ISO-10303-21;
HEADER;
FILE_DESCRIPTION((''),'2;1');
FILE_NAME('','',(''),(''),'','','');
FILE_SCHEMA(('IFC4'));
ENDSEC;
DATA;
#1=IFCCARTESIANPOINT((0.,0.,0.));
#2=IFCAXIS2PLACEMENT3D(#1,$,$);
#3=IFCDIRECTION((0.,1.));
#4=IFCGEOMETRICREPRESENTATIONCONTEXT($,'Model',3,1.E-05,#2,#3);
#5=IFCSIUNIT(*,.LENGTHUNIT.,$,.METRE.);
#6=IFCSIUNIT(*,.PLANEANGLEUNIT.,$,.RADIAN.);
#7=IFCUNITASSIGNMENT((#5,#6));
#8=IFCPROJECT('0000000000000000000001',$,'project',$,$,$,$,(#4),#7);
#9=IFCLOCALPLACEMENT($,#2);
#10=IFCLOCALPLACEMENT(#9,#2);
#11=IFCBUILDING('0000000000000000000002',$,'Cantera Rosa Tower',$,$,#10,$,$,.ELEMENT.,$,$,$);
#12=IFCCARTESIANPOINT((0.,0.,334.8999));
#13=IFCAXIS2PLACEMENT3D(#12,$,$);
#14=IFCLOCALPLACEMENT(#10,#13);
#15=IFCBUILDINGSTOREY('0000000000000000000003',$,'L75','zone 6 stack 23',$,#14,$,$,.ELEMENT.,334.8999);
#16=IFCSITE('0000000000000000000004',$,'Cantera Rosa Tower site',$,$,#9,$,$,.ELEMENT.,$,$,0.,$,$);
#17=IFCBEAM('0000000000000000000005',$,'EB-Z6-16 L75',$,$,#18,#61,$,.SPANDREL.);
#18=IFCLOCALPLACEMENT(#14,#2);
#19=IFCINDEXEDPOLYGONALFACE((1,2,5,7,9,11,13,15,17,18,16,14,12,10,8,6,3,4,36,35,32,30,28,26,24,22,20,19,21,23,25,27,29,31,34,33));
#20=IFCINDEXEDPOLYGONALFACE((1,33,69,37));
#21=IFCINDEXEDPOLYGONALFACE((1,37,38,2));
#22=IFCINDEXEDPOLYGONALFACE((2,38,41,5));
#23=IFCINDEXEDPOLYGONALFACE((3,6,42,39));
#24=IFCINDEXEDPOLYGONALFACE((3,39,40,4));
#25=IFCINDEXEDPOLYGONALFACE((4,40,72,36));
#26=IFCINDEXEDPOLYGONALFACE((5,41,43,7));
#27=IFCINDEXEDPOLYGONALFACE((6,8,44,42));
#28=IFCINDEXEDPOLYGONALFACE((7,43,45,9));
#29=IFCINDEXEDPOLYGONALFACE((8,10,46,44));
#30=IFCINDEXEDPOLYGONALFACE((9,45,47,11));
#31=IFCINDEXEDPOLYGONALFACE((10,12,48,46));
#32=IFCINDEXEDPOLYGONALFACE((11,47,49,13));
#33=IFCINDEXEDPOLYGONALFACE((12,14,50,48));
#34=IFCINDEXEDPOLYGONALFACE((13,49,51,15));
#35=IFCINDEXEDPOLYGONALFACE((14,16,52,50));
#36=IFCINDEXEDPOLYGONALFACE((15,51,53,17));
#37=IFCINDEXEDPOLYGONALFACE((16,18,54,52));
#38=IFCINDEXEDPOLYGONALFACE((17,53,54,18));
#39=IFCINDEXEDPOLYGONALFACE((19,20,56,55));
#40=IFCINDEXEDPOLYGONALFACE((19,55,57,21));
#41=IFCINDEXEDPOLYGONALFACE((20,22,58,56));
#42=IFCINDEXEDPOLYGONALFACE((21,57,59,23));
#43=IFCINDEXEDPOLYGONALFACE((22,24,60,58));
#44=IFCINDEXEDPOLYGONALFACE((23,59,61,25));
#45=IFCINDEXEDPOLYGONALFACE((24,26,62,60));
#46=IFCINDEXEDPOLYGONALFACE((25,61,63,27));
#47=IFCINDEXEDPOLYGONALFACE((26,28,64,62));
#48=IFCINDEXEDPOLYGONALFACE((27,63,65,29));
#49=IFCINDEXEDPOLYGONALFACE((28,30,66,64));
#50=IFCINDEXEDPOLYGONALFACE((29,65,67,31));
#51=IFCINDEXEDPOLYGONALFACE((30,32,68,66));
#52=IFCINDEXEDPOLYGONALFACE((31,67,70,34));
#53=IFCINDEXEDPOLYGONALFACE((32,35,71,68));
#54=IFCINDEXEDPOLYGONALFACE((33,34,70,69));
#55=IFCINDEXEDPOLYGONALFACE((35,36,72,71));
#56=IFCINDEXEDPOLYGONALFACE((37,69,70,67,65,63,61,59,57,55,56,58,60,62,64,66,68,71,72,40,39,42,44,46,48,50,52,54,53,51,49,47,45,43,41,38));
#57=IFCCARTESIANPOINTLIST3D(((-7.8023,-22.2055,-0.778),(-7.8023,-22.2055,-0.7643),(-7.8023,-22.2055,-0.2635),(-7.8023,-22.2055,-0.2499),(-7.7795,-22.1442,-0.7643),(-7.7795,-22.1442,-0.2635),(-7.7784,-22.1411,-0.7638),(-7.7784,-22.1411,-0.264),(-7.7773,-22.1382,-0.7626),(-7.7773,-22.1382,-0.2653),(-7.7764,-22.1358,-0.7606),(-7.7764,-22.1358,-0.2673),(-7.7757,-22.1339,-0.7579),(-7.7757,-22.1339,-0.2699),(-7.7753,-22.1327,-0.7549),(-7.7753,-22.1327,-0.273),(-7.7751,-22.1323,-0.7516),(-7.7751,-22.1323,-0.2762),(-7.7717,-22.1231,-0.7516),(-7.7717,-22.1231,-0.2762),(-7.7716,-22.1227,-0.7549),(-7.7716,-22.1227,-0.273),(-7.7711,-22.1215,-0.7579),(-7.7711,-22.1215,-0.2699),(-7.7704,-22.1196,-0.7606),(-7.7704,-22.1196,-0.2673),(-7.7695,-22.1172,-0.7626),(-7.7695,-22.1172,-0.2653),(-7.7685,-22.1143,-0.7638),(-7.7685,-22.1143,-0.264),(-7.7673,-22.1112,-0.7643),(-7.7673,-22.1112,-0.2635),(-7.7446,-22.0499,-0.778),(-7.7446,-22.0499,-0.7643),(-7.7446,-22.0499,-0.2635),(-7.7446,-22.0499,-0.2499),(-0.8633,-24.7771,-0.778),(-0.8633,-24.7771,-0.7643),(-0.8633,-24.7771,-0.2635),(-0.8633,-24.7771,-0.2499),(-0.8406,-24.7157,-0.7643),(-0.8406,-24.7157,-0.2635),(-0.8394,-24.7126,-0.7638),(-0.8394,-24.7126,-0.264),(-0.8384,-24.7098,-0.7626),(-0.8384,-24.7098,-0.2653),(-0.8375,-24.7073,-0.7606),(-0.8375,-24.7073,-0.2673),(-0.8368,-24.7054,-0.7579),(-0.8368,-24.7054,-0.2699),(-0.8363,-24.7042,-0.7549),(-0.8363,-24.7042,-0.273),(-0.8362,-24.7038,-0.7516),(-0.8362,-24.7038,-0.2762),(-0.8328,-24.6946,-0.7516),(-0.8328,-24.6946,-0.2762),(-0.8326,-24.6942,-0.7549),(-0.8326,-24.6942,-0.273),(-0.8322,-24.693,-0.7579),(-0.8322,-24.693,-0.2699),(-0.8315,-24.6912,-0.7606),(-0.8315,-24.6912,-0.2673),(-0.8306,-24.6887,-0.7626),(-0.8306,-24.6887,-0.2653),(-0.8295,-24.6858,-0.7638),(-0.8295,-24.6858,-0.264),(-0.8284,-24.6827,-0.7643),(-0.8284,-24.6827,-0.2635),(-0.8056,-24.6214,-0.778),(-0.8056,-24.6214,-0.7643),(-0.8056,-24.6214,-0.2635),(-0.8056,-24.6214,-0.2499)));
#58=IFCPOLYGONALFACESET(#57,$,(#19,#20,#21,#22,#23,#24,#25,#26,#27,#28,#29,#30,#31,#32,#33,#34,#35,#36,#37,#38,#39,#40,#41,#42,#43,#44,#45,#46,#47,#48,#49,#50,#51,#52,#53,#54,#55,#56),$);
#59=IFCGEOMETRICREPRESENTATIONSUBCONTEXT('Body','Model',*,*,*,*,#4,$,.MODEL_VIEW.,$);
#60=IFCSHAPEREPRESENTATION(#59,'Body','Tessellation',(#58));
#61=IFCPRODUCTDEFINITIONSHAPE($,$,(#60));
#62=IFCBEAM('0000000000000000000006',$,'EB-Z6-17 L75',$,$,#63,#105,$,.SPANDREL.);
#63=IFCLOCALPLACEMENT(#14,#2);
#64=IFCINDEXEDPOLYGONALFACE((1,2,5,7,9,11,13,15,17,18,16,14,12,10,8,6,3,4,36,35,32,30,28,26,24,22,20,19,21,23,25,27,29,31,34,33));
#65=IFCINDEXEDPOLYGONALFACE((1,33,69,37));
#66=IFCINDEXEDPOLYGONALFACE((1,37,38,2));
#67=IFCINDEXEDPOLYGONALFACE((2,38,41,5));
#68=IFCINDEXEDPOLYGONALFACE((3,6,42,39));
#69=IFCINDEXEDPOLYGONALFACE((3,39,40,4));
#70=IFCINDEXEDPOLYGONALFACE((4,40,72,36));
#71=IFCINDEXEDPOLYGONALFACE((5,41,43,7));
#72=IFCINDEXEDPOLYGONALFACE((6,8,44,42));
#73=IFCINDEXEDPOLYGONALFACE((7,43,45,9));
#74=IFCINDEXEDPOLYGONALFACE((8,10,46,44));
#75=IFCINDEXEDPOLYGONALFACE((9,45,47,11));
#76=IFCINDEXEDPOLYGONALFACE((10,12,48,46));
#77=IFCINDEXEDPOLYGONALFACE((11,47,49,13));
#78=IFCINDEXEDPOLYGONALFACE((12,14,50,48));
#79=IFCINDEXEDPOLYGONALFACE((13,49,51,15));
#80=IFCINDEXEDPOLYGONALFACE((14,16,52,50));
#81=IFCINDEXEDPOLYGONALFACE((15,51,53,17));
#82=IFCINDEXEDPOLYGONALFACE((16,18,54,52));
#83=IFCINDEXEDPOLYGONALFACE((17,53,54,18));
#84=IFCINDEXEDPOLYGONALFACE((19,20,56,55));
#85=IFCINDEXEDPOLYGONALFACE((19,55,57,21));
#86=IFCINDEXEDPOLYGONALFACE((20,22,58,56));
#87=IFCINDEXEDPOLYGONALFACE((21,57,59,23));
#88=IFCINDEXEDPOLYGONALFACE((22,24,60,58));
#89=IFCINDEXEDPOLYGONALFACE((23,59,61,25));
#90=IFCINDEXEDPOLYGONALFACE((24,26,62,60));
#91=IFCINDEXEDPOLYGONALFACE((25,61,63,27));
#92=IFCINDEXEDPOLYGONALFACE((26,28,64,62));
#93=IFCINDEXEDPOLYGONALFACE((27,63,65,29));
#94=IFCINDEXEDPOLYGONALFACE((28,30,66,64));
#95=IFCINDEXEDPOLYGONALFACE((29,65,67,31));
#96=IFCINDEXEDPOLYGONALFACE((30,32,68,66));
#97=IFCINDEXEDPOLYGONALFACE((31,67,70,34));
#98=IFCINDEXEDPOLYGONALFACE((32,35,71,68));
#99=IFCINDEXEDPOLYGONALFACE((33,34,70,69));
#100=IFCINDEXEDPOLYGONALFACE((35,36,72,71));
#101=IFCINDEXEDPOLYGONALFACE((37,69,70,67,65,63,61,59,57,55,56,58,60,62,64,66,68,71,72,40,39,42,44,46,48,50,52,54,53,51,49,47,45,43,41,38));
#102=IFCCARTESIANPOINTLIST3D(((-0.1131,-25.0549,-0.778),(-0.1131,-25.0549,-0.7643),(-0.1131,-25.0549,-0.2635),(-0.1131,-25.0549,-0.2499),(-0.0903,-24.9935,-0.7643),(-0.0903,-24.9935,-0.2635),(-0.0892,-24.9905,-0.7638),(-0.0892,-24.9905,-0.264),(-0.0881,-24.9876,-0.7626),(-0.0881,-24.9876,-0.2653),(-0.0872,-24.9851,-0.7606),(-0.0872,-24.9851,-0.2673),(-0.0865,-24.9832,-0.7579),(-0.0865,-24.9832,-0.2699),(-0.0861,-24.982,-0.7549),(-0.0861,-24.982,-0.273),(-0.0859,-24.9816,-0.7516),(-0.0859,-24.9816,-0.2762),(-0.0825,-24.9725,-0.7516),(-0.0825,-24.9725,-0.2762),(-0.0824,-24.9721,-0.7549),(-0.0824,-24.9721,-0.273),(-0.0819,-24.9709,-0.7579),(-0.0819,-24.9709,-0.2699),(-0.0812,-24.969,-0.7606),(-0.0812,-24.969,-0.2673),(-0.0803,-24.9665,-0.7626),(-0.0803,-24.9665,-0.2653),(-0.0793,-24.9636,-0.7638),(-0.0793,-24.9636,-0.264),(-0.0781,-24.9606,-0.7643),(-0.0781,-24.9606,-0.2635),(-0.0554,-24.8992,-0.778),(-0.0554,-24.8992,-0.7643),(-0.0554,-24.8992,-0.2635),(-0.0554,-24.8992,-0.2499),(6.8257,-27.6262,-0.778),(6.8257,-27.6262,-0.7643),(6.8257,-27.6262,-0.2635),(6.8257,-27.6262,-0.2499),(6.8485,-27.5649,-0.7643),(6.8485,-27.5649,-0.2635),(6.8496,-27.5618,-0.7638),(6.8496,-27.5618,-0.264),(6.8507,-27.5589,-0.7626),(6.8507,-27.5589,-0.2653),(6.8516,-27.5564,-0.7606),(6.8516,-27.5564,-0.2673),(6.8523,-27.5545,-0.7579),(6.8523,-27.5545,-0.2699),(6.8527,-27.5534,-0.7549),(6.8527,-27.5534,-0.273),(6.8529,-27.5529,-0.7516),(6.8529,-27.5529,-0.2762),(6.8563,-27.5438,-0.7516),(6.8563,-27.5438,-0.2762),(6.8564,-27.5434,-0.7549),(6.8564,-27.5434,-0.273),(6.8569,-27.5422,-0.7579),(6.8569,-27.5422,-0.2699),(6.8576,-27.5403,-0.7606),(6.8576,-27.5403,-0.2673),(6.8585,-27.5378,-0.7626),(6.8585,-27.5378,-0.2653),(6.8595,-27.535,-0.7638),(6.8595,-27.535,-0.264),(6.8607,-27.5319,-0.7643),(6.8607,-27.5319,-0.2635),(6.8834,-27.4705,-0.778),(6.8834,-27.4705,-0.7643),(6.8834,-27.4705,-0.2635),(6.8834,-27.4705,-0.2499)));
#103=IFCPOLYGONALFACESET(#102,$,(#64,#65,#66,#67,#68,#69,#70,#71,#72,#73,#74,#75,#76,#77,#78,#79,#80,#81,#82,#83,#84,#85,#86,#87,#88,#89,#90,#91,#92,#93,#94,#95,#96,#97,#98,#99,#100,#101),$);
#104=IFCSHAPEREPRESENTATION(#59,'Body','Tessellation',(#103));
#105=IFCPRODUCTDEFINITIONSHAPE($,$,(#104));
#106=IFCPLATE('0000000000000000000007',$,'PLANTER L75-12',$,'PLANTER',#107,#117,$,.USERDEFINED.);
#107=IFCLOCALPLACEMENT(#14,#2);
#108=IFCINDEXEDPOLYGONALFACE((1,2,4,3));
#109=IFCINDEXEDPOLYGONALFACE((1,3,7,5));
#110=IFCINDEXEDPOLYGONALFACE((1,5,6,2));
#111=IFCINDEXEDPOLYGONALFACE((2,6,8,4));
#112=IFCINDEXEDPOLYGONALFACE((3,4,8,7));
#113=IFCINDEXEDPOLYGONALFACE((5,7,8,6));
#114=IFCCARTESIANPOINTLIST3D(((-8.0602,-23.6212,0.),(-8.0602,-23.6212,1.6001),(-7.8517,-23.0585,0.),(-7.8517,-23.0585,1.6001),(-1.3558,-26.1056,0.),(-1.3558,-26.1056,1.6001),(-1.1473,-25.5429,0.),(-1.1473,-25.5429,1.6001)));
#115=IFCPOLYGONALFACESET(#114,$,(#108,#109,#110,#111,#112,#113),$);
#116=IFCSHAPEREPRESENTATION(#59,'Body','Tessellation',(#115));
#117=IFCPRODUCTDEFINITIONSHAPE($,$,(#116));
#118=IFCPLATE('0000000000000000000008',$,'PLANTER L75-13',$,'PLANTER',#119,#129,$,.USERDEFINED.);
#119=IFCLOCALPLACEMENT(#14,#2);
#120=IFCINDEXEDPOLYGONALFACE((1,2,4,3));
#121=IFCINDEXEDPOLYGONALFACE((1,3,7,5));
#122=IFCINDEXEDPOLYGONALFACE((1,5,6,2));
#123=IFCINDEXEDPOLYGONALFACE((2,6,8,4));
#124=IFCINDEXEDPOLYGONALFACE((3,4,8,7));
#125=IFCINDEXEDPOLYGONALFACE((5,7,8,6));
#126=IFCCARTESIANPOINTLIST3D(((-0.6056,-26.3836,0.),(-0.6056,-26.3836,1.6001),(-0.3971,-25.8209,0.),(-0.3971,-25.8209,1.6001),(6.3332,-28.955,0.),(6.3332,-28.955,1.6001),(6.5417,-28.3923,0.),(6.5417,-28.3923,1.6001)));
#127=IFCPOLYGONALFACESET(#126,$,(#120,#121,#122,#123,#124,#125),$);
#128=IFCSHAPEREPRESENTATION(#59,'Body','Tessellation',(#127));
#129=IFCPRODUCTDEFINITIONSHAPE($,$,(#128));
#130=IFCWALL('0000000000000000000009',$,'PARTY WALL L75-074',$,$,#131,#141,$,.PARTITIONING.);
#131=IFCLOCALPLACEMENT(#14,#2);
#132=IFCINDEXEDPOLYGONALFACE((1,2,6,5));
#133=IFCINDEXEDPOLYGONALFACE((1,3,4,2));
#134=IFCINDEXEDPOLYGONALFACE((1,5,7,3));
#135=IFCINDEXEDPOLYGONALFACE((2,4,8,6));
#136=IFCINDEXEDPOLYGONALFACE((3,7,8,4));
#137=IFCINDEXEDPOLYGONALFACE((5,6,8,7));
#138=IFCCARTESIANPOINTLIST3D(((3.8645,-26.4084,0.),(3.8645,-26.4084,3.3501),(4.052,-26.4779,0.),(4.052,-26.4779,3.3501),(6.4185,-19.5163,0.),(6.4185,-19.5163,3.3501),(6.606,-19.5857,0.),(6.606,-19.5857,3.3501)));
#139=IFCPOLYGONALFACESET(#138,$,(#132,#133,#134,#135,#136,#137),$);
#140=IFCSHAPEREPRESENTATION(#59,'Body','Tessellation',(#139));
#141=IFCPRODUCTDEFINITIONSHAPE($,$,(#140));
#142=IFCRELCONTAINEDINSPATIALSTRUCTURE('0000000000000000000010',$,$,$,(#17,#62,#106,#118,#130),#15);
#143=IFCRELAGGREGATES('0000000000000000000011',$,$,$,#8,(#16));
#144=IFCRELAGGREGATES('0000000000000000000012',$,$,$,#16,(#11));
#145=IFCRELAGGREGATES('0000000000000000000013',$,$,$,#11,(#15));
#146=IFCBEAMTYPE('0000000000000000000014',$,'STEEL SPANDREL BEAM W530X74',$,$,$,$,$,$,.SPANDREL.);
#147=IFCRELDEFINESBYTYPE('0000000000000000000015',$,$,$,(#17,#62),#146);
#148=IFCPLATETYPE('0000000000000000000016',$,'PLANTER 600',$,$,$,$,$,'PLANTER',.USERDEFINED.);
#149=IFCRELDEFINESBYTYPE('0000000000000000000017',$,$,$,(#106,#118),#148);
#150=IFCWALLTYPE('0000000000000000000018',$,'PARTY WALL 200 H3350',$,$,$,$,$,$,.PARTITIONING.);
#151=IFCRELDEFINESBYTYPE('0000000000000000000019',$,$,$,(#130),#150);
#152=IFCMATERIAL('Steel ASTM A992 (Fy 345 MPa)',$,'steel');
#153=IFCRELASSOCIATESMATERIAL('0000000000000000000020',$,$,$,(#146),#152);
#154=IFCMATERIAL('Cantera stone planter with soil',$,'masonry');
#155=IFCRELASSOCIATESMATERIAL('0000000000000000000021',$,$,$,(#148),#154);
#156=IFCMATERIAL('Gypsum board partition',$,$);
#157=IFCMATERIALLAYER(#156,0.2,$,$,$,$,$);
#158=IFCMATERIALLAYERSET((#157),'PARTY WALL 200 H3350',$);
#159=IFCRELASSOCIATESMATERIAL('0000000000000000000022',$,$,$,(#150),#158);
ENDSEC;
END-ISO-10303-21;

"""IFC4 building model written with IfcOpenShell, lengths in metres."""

from ifc_helpers import new_model, si_unit, direction, frame, frame_2d, origin, origin_2d, place, context, subcontext, project, spatial, rectangle, i_section, extrude, material, layer, layer_set, material_profile, profile_set, type_object, element, save


model = new_model("IFC4")

# Units and contexts
model_context = context("Model", 3, precision=1e-05, world=origin(), true_north=direction((0.0, 1.0)))
body_context = subcontext(model_context, "Body", "Model", "MODEL_VIEW")
ifc_project = project(units=[si_unit("LENGTHUNIT", "METRE"), si_unit("PLANEANGLEUNIT", "RADIAN")], contexts=[model_context])

# Site, building, storey
site_placement = place(None, origin())
site = spatial("IfcSite", under=ifc_project, at=site_placement, Name="Cantera Rosa Tower site", CompositionType="ELEMENT", RefElevation=0.0)
building_placement = place(site_placement, origin())
building = spatial("IfcBuilding", under=site, at=building_placement, Name="Cantera Rosa Tower", CompositionType="ELEMENT")
storey_placement = place(building_placement, frame((0.0, 0.0, 334.8999)))
storey = spatial("IfcBuildingStorey", under=building, at=storey_placement, Name="L75", Description="zone 6 stack 23", CompositionType="ELEMENT", Elevation=334.8999)

# Beams
ifc_material_1 = material(Name="Steel ASTM A992 (Fy 345 MPa)", Category="steel")
ifc_material_profile_1 = material_profile(ifc_material_1, i_section(OverallWidth=0.166, OverallDepth=0.5281, WebThickness=0.0098, FlangeThickness=0.0137, FilletRadius=0.0127, at=origin_2d()), Name="W530X74")
ifc_profile_set_1 = profile_set([ifc_material_profile_1], Name="Steel ASTM A992 (Fy 345 MPa)")
beam_type_1 = type_object("IfcBeamType", Name="STEEL SPANDREL BEAM W530X74", PredefinedType="SPANDREL", material=ifc_profile_set_1)
beam_1_placement = place(storey_placement, frame((-7.7734, -22.1277, -0.5139), z_axis=(0.937681, -0.347498, 0.0), x_axis=(0.347498, 0.937681, 0.0)))
element("IfcBeam", 1, at=beam_1_placement, inside=storey, type_object=beam_type_1, Name="EB-Z6-16 L75", PredefinedType="SPANDREL", context=body_context, shape_type="SweptSolid", body=[
    extrude(i_section(OverallWidth=0.166, OverallDepth=0.5281, WebThickness=0.0098, FlangeThickness=0.0137, FilletRadius=0.0127, at=origin_2d()), origin(), (0.0, 0.0, 1.0), 7.4001),
])
beam_2_placement = place(storey_placement, frame((-0.0842, -24.9771, -0.5139), z_axis=(0.937687, -0.34748, 0.0), x_axis=(0.34748, 0.937687, 0.0)))
element("IfcBeam", 2, at=beam_2_placement, inside=storey, type_object=beam_type_1, Name="EB-Z6-17 L75", PredefinedType="SPANDREL", context=body_context, shape_type="SweptSolid", body=[
    extrude(i_section(OverallWidth=0.166, OverallDepth=0.5281, WebThickness=0.0098, FlangeThickness=0.0137, FilletRadius=0.0127, at=origin_2d()), origin(), (0.0, 0.0, 1.0), 7.3999),
])

# Plates
ifc_material_2 = material(Name="Cantera stone planter with soil", Category="masonry")
plate_type = type_object("IfcPlateType", Name="PLANTER 600", ElementType="PLANTER", PredefinedType="USERDEFINED", material=ifc_material_2)
plate_1_placement = place(storey_placement, frame((-4.6038, -24.582, 0.0), z_axis=(0.0, 0.0, 1.0), x_axis=(0.937687, -0.347481, 0.0)))
element("IfcPlate", 3, at=plate_1_placement, inside=storey, type_object=plate_type, Name="PLANTER L75-12", ObjectType="PLANTER", PredefinedType="USERDEFINED", context=body_context, shape_type="SweptSolid", body=[
    extrude(rectangle(XDim=7.1499, YDim=0.6001, at=origin_2d()), origin(), (0.0, 0.0, 1.0), 1.6001),
])
plate_2_placement = place(storey_placement, frame((2.968, -27.3879, 0.0), z_axis=(0.0, 0.0, 1.0), x_axis=(0.937687, -0.347481, 0.0)))
element("IfcPlate", 4, at=plate_2_placement, inside=storey, type_object=plate_type, Name="PLANTER L75-13", ObjectType="PLANTER", PredefinedType="USERDEFINED", context=body_context, shape_type="SweptSolid", body=[
    extrude(rectangle(XDim=7.3999, YDim=0.6001, at=origin_2d()), origin(), (0.0, 0.0, 1.0), 1.6001),
])

# Wall
ifc_material_3 = material(Name="Gypsum board partition")
ifc_layer_1 = layer(ifc_material_3, 0.2)
ifc_layer_set_1 = layer_set([ifc_layer_1], Name="PARTY WALL 200 H3350")
wall_type_1 = type_object("IfcWallType", Name="PARTY WALL 200 H3350", PredefinedType="PARTITIONING", material=ifc_layer_set_1)
wall_1_placement = place(storey_placement, frame((3.9583, -26.4431, 0.0), z_axis=(0.0, 0.0, 1.0), x_axis=(0.347473, 0.93769, 0.0)))
element("IfcWall", 5, at=wall_1_placement, inside=storey, type_object=wall_type_1, Name="PARTY WALL L75-074", PredefinedType="PARTITIONING", context=body_context, shape_type="SweptSolid", body=[
    extrude(rectangle(XDim=7.3501, YDim=0.2, at=frame_2d((3.675, 0.0))), origin(), (0.0, 0.0, 1.0), 3.3501),
])

save(model, "model.ifc")
